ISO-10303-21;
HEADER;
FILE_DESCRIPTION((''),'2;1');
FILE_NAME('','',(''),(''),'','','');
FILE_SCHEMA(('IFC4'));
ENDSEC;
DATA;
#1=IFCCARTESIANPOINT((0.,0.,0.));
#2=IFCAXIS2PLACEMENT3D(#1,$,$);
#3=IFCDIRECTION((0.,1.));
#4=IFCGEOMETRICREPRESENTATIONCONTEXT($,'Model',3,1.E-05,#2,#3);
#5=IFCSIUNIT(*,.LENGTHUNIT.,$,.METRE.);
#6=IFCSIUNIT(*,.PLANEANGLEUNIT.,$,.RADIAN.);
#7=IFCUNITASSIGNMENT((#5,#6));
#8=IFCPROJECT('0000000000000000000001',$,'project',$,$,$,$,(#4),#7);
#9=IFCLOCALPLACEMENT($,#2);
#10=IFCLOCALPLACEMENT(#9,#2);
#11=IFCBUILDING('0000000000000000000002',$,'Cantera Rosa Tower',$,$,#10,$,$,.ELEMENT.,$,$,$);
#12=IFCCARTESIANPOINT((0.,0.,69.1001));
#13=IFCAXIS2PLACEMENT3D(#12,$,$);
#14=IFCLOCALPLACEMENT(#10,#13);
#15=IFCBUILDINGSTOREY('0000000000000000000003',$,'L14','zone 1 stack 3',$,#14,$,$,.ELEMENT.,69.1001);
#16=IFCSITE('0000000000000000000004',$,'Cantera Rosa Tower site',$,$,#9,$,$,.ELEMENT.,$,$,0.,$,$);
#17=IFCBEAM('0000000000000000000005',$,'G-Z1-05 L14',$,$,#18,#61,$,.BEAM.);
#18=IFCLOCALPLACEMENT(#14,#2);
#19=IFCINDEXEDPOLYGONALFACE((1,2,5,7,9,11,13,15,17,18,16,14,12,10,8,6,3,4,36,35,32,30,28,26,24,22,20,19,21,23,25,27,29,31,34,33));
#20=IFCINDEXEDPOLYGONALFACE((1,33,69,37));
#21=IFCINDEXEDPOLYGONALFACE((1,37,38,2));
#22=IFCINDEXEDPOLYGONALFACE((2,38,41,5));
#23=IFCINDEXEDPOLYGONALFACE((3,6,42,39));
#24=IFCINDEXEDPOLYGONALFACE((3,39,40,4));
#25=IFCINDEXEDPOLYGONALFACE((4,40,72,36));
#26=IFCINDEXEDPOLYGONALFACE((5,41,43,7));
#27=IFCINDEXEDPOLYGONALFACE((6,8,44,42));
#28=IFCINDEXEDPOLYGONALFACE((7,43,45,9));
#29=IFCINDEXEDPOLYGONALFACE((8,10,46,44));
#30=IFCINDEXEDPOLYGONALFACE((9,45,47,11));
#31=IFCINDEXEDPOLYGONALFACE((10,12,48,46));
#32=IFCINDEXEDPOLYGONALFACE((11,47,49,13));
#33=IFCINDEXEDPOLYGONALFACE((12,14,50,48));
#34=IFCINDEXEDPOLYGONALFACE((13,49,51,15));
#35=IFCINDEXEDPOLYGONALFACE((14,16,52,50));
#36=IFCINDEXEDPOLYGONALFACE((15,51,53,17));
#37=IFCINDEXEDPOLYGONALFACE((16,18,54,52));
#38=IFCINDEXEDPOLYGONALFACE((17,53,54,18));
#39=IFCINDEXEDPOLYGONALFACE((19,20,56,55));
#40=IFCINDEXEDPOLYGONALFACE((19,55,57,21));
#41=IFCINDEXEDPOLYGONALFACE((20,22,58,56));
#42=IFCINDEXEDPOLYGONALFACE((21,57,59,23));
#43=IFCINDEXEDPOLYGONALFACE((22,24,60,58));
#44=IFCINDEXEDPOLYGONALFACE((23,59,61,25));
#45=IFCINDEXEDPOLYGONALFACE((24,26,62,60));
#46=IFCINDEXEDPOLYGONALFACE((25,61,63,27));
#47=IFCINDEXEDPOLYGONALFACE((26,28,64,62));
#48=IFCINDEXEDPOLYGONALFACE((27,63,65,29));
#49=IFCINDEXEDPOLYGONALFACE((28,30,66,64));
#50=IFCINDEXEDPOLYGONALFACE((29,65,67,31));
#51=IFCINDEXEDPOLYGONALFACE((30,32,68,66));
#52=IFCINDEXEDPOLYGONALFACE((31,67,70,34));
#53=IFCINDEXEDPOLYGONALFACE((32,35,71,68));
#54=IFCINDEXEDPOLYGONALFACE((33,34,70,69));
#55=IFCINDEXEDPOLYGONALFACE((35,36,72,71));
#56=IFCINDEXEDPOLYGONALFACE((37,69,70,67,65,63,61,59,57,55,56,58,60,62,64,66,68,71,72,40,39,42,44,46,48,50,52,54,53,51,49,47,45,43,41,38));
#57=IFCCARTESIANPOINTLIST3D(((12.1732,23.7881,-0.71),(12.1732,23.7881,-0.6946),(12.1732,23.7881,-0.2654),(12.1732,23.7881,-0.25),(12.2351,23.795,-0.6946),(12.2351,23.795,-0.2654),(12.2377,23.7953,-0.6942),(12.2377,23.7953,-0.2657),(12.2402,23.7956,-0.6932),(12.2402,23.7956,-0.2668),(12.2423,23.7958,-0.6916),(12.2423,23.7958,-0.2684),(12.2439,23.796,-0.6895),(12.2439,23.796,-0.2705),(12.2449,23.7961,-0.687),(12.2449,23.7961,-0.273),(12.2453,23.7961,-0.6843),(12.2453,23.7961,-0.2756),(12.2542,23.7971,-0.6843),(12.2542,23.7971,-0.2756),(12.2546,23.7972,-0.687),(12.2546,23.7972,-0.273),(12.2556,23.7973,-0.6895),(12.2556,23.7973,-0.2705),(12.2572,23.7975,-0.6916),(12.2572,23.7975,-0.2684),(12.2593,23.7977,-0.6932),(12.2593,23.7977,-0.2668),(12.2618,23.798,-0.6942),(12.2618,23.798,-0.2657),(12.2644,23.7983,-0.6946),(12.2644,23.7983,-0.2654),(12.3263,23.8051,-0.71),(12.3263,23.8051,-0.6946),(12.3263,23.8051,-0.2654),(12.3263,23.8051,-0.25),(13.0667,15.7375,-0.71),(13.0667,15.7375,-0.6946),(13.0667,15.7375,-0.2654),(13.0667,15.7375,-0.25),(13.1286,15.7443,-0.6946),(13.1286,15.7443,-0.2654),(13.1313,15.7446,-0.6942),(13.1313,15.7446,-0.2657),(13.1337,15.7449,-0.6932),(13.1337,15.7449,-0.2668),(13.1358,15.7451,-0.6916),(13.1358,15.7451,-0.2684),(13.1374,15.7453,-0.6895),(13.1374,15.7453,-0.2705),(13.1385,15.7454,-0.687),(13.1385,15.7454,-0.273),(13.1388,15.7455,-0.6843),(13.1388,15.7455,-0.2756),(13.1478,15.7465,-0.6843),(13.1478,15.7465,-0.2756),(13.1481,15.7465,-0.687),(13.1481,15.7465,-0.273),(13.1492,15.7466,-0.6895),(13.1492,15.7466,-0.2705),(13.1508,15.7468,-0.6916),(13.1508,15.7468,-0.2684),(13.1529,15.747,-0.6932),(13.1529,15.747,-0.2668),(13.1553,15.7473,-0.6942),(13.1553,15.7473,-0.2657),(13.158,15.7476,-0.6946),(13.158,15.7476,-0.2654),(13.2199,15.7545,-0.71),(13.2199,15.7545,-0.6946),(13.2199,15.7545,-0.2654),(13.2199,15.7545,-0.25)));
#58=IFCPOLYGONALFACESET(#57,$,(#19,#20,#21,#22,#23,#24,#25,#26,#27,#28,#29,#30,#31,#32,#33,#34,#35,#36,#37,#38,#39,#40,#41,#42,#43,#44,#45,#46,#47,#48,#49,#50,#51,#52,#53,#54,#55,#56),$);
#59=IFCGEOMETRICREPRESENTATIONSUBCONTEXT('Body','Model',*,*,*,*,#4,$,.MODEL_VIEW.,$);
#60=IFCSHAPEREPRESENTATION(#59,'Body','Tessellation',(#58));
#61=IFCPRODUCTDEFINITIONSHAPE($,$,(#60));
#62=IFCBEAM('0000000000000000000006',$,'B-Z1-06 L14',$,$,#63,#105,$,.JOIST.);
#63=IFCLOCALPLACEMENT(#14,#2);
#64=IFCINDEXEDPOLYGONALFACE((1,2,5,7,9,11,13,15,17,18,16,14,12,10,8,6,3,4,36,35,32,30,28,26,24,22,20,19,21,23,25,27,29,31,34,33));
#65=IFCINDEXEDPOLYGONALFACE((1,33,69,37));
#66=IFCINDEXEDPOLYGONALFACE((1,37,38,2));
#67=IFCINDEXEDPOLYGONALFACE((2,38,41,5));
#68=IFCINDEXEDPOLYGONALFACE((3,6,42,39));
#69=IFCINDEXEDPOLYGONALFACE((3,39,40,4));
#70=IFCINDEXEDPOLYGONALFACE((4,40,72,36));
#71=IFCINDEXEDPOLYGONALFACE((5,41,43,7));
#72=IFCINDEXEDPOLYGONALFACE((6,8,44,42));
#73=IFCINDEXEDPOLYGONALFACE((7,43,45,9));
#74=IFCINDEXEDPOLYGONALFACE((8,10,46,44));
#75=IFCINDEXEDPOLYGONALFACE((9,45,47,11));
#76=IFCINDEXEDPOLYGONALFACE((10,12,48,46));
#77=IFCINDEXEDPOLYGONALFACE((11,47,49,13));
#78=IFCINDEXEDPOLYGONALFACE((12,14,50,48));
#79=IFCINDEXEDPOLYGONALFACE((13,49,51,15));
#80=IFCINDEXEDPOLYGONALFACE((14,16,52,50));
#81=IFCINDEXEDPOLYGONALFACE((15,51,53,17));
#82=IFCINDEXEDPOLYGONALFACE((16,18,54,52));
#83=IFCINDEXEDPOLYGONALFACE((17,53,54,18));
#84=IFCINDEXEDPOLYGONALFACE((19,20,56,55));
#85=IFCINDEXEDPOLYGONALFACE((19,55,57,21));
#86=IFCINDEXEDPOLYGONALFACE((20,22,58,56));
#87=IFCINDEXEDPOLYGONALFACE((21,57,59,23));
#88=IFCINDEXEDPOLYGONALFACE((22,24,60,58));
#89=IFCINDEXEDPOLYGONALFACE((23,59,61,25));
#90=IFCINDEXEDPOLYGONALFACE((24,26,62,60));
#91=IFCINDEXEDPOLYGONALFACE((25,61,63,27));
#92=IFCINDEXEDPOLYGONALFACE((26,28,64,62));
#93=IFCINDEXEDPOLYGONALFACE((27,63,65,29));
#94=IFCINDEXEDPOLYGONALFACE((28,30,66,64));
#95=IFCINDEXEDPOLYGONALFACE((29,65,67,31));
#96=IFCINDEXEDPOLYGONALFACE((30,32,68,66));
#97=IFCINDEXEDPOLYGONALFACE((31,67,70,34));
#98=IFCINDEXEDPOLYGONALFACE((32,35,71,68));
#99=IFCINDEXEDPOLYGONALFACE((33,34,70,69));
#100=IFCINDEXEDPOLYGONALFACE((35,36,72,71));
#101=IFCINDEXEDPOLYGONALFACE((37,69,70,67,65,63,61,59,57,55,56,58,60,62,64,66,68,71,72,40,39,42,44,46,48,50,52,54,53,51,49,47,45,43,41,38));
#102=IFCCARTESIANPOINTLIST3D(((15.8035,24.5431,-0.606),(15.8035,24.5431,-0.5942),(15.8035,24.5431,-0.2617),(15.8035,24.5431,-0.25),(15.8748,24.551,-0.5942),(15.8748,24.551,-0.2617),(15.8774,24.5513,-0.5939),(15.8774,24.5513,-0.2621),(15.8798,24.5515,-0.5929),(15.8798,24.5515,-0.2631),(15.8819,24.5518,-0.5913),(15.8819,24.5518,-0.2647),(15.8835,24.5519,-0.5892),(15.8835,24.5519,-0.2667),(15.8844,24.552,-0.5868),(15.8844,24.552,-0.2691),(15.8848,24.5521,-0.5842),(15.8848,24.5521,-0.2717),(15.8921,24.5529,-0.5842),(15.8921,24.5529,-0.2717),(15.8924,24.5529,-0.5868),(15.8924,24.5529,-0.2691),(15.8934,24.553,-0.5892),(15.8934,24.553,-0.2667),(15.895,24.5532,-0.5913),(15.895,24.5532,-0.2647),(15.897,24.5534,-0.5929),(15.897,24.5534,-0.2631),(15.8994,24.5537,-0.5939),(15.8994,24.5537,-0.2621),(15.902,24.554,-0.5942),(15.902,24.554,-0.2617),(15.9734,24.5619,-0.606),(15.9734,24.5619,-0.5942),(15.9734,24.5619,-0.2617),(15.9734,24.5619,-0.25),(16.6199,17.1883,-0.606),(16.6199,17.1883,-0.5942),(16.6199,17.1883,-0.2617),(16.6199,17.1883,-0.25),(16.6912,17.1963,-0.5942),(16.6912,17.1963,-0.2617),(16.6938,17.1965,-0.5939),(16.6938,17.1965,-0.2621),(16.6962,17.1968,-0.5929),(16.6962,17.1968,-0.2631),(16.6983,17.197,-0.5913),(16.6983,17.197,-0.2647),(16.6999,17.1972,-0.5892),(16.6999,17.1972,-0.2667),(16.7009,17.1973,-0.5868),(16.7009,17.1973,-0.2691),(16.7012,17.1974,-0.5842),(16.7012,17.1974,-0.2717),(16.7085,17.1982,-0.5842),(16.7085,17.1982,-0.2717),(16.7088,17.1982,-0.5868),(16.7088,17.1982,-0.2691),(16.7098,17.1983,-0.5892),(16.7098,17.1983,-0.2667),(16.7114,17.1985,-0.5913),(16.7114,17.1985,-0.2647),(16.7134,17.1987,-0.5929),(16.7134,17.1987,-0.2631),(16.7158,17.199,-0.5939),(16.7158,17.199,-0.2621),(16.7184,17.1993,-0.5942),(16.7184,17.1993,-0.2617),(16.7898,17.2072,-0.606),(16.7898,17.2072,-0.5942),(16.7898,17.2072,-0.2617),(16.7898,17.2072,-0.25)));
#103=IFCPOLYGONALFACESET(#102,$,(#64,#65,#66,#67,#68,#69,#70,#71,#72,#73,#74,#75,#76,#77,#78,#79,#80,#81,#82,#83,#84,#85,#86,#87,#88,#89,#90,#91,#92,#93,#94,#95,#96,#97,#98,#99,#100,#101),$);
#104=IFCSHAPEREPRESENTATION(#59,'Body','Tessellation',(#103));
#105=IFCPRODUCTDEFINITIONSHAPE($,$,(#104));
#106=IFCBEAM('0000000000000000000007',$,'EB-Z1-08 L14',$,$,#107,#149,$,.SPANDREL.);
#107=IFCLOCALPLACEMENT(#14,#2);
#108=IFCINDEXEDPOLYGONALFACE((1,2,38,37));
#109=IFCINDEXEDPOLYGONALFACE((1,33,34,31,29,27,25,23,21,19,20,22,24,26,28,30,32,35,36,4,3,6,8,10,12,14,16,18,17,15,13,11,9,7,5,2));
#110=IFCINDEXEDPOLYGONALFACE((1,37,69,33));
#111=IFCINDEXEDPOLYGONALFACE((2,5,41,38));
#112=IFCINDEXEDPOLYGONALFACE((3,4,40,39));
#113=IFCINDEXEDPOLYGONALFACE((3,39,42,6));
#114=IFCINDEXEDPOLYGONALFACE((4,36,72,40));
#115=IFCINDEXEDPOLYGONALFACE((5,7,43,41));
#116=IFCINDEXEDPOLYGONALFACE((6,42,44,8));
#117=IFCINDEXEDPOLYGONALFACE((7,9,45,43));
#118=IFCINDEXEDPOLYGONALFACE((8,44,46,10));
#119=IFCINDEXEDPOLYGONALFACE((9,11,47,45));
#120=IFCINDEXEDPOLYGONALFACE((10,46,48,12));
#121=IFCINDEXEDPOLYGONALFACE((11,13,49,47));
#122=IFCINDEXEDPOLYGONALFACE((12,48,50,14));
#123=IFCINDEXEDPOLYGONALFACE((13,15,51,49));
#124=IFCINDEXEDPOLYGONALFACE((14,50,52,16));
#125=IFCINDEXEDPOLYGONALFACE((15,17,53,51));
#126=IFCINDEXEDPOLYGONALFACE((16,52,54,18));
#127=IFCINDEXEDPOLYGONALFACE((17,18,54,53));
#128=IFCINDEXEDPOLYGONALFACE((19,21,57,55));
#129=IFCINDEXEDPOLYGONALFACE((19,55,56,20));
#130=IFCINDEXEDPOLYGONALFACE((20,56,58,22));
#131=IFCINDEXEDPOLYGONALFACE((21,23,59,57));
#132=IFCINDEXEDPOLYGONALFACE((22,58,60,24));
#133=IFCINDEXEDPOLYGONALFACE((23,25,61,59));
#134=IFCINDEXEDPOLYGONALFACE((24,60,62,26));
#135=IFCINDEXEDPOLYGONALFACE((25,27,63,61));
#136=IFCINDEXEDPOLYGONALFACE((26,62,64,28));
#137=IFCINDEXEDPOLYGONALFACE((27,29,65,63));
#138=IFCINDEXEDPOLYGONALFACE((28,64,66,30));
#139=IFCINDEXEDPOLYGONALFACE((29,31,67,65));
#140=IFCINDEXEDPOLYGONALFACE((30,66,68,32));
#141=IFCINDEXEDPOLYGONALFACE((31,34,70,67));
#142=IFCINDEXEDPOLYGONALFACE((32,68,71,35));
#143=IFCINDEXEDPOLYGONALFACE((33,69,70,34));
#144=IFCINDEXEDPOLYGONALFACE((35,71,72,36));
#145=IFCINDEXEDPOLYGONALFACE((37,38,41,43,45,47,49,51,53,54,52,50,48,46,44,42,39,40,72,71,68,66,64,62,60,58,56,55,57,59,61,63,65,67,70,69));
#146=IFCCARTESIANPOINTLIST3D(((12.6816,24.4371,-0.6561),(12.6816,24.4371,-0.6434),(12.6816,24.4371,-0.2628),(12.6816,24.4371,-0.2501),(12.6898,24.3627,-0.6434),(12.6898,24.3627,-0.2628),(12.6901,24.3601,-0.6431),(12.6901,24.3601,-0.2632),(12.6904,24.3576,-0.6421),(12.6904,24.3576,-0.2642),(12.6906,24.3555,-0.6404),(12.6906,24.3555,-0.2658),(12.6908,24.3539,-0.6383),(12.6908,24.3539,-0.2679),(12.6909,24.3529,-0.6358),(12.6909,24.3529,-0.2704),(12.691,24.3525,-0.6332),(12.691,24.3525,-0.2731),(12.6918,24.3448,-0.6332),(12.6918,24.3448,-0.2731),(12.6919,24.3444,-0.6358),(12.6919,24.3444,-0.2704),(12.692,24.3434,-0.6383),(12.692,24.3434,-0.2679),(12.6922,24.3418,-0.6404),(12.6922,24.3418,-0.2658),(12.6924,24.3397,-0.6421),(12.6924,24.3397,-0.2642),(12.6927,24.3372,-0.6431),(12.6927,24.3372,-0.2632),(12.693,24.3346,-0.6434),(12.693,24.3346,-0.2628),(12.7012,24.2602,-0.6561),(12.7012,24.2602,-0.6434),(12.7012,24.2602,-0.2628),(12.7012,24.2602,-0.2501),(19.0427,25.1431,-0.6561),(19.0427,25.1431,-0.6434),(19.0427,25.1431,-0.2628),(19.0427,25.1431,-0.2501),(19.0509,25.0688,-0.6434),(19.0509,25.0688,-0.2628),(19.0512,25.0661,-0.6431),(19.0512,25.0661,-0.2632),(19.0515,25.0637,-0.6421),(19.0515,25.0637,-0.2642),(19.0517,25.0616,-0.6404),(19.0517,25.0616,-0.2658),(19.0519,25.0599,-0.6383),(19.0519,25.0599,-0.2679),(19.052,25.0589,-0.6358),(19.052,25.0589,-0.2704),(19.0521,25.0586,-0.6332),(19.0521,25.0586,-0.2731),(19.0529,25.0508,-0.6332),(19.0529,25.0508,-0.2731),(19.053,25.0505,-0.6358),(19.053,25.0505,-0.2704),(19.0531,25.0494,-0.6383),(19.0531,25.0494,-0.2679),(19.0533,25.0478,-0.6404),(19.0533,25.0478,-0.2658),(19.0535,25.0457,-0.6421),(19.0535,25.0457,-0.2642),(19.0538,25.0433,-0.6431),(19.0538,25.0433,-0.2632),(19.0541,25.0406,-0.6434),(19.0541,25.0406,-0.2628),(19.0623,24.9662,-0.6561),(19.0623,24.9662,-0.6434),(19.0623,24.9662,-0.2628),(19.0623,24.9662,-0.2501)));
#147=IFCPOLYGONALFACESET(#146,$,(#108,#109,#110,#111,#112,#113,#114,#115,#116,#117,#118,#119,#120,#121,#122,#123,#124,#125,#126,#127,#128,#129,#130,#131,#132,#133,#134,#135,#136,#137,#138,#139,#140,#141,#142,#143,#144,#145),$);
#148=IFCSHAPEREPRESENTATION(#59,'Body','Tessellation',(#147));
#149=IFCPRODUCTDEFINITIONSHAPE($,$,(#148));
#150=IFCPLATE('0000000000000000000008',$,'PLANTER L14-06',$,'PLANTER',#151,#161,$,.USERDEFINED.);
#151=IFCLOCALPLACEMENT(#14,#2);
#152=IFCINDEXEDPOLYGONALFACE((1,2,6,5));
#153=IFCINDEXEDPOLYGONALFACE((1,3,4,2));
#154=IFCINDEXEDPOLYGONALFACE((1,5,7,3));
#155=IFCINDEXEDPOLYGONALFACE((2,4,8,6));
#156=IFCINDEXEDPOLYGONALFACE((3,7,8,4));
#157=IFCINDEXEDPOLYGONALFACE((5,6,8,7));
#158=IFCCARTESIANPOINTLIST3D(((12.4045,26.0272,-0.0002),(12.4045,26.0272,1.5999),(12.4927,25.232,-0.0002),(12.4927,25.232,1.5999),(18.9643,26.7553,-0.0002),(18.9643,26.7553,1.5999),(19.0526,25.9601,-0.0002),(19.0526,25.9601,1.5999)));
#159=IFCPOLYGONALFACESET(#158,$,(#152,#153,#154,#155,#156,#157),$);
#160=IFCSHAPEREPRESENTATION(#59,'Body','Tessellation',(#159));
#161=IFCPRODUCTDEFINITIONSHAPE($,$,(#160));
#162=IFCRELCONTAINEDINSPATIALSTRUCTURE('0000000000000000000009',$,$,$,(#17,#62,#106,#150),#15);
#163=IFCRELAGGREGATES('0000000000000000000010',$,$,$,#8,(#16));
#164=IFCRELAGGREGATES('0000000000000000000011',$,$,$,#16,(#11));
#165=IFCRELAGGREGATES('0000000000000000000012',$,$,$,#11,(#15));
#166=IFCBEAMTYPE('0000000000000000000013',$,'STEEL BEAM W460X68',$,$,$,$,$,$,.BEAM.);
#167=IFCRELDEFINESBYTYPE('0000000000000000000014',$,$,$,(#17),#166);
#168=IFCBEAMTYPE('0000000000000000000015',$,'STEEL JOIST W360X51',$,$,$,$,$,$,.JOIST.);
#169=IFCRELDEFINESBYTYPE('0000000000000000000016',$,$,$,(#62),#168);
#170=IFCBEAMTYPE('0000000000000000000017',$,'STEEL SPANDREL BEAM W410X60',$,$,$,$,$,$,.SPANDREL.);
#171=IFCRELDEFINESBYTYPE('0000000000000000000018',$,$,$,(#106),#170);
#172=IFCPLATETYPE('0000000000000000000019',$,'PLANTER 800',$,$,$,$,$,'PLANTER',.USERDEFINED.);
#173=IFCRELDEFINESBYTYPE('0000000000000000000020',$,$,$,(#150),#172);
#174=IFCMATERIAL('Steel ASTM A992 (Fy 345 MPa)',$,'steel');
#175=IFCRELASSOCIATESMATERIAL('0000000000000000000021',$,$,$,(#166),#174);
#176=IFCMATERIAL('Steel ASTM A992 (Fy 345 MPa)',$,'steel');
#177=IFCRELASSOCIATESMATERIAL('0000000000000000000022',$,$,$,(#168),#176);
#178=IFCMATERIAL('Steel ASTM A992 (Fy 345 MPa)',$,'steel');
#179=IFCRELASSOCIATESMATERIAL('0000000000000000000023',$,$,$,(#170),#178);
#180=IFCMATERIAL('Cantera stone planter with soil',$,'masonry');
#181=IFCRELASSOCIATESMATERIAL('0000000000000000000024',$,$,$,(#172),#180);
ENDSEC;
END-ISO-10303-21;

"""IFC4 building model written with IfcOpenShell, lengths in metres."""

from ifc_helpers import new_model, si_unit, direction, frame, origin, origin_2d, place, context, subcontext, project, spatial, rectangle, i_section, extrude, material, material_profile, profile_set, type_object, element, save


model = new_model("IFC4")

# Units and contexts
model_context = context("Model", 3, precision=1e-05, world=origin(), true_north=direction((0.0, 1.0)))
body_context = subcontext(model_context, "Body", "Model", "MODEL_VIEW")
ifc_project = project(units=[si_unit("LENGTHUNIT", "METRE"), si_unit("PLANEANGLEUNIT", "RADIAN")], contexts=[model_context])

# Site, building, storey
site_placement = place(None, origin())
site = spatial("IfcSite", under=ifc_project, at=site_placement, Name="Cantera Rosa Tower site", CompositionType="ELEMENT", RefElevation=0.0)
building_placement = place(site_placement, origin())
building = spatial("IfcBuilding", under=site, at=building_placement, Name="Cantera Rosa Tower", CompositionType="ELEMENT")
storey_placement = place(building_placement, frame((0.0, 0.0, 69.1001)))
storey = spatial("IfcBuildingStorey", under=building, at=storey_placement, Name="L14", Description="zone 1 stack 3", CompositionType="ELEMENT", Elevation=69.1001)

# Beams
ifc_material_1 = material(Name="Steel ASTM A992 (Fy 345 MPa)", Category="steel")
ifc_material_profile_1 = material_profile(ifc_material_1, i_section(OverallWidth=0.1541, OverallDepth=0.46, WebThickness=0.009, FlangeThickness=0.0154, FilletRadius=0.0103, at=origin_2d()), Name="W460X68")
ifc_profile_set_1 = profile_set([ifc_material_profile_1], Name="Steel ASTM A992 (Fy 345 MPa)")
beam_type_1 = type_object("IfcBeamType", Name="STEEL BEAM W460X68", PredefinedType="BEAM", material=ifc_profile_set_1)
beam_1_placement = place(storey_placement, frame((12.2498, 23.7966, -0.48), z_axis=(0.110312, -0.993897, 0.0), x_axis=(0.993897, 0.110312, 0.0)))
element("IfcBeam", 1, at=beam_1_placement, inside=storey, type_object=beam_type_1, Name="G-Z1-05 L14", PredefinedType="BEAM", context=body_context, shape_type="SweptSolid", body=[
    extrude(i_section(OverallWidth=0.1541, OverallDepth=0.46, WebThickness=0.009, FlangeThickness=0.0154, FilletRadius=0.0103, at=origin_2d()), origin(), (0.0, 0.0, 1.0), 8.1001),
])
ifc_material_2 = material(Name="Steel ASTM A992 (Fy 345 MPa)", Category="steel")
ifc_material_profile_2 = material_profile(ifc_material_2, i_section(OverallWidth=0.1709, OverallDepth=0.356, WebThickness=0.0073, FlangeThickness=0.0117, FilletRadius=0.01, at=origin_2d()), Name="W360X51")
ifc_profile_set_2 = profile_set([ifc_material_profile_2], Name="Steel ASTM A992 (Fy 345 MPa)")
beam_type_2 = type_object("IfcBeamType", Name="STEEL JOIST W360X51", PredefinedType="JOIST", material=ifc_profile_set_2)
beam_2_placement = place(storey_placement, frame((15.8884, 24.5525, -0.428), z_axis=(0.110327, -0.993895, 0.0), x_axis=(0.993895, 0.110327, 0.0)))
element("IfcBeam", 2, at=beam_2_placement, inside=storey, type_object=beam_type_2, Name="B-Z1-06 L14", PredefinedType="JOIST", context=body_context, shape_type="SweptSolid", body=[
    extrude(i_section(OverallWidth=0.1709, OverallDepth=0.356, WebThickness=0.0073, FlangeThickness=0.0117, FilletRadius=0.01, at=origin_2d()), origin(), (0.0, 0.0, 1.0), 7.3999),
])
ifc_material_3 = material(Name="Steel ASTM A992 (Fy 345 MPa)", Category="steel")
ifc_material_profile_3 = material_profile(ifc_material_3, i_section(OverallWidth=0.178, OverallDepth=0.406, WebThickness=0.0078, FlangeThickness=0.0127, FilletRadius=0.0103, at=origin_2d()), Name="W410X60")
ifc_profile_set_3 = profile_set([ifc_material_profile_3], Name="Steel ASTM A992 (Fy 345 MPa)")
beam_type_3 = type_object("IfcBeamType", Name="STEEL SPANDREL BEAM W410X60", PredefinedType="SPANDREL", material=ifc_profile_set_3)
beam_3_placement = place(storey_placement, frame((19.0525, 25.0547, -0.4531), z_axis=(-0.993896, -0.110318, 0.0), x_axis=(0.110318, -0.993896, 0.0)))
element("IfcBeam", 3, at=beam_3_placement, inside=storey, type_object=beam_type_3, Name="EB-Z1-08 L14", PredefinedType="SPANDREL", context=body_context, shape_type="SweptSolid", body=[
    extrude(i_section(OverallWidth=0.178, OverallDepth=0.406, WebThickness=0.0078, FlangeThickness=0.0127, FilletRadius=0.0103, at=origin_2d()), origin(), (0.0, 0.0, 1.0), 6.4001),
])

# Plate
ifc_material_4 = material(Name="Cantera stone planter with soil", Category="masonry")
plate_type = type_object("IfcPlateType", Name="PLANTER 800", ElementType="PLANTER", PredefinedType="USERDEFINED", material=ifc_material_4)
plate_placement = place(storey_placement, frame((15.7285, 25.9937, -0.0002), z_axis=(0.0, 0.0, 1.0), x_axis=(-0.993897, -0.110313, 0.0)))
element("IfcPlate", 4, at=plate_placement, inside=storey, type_object=plate_type, Name="PLANTER L14-06", ObjectType="PLANTER", PredefinedType="USERDEFINED", context=body_context, shape_type="SweptSolid", body=[
    extrude(rectangle(XDim=6.6001, YDim=0.8, at=origin_2d()), origin(), (0.0, 0.0, 1.0), 1.6001),
])

save(model, "model.ifc")
